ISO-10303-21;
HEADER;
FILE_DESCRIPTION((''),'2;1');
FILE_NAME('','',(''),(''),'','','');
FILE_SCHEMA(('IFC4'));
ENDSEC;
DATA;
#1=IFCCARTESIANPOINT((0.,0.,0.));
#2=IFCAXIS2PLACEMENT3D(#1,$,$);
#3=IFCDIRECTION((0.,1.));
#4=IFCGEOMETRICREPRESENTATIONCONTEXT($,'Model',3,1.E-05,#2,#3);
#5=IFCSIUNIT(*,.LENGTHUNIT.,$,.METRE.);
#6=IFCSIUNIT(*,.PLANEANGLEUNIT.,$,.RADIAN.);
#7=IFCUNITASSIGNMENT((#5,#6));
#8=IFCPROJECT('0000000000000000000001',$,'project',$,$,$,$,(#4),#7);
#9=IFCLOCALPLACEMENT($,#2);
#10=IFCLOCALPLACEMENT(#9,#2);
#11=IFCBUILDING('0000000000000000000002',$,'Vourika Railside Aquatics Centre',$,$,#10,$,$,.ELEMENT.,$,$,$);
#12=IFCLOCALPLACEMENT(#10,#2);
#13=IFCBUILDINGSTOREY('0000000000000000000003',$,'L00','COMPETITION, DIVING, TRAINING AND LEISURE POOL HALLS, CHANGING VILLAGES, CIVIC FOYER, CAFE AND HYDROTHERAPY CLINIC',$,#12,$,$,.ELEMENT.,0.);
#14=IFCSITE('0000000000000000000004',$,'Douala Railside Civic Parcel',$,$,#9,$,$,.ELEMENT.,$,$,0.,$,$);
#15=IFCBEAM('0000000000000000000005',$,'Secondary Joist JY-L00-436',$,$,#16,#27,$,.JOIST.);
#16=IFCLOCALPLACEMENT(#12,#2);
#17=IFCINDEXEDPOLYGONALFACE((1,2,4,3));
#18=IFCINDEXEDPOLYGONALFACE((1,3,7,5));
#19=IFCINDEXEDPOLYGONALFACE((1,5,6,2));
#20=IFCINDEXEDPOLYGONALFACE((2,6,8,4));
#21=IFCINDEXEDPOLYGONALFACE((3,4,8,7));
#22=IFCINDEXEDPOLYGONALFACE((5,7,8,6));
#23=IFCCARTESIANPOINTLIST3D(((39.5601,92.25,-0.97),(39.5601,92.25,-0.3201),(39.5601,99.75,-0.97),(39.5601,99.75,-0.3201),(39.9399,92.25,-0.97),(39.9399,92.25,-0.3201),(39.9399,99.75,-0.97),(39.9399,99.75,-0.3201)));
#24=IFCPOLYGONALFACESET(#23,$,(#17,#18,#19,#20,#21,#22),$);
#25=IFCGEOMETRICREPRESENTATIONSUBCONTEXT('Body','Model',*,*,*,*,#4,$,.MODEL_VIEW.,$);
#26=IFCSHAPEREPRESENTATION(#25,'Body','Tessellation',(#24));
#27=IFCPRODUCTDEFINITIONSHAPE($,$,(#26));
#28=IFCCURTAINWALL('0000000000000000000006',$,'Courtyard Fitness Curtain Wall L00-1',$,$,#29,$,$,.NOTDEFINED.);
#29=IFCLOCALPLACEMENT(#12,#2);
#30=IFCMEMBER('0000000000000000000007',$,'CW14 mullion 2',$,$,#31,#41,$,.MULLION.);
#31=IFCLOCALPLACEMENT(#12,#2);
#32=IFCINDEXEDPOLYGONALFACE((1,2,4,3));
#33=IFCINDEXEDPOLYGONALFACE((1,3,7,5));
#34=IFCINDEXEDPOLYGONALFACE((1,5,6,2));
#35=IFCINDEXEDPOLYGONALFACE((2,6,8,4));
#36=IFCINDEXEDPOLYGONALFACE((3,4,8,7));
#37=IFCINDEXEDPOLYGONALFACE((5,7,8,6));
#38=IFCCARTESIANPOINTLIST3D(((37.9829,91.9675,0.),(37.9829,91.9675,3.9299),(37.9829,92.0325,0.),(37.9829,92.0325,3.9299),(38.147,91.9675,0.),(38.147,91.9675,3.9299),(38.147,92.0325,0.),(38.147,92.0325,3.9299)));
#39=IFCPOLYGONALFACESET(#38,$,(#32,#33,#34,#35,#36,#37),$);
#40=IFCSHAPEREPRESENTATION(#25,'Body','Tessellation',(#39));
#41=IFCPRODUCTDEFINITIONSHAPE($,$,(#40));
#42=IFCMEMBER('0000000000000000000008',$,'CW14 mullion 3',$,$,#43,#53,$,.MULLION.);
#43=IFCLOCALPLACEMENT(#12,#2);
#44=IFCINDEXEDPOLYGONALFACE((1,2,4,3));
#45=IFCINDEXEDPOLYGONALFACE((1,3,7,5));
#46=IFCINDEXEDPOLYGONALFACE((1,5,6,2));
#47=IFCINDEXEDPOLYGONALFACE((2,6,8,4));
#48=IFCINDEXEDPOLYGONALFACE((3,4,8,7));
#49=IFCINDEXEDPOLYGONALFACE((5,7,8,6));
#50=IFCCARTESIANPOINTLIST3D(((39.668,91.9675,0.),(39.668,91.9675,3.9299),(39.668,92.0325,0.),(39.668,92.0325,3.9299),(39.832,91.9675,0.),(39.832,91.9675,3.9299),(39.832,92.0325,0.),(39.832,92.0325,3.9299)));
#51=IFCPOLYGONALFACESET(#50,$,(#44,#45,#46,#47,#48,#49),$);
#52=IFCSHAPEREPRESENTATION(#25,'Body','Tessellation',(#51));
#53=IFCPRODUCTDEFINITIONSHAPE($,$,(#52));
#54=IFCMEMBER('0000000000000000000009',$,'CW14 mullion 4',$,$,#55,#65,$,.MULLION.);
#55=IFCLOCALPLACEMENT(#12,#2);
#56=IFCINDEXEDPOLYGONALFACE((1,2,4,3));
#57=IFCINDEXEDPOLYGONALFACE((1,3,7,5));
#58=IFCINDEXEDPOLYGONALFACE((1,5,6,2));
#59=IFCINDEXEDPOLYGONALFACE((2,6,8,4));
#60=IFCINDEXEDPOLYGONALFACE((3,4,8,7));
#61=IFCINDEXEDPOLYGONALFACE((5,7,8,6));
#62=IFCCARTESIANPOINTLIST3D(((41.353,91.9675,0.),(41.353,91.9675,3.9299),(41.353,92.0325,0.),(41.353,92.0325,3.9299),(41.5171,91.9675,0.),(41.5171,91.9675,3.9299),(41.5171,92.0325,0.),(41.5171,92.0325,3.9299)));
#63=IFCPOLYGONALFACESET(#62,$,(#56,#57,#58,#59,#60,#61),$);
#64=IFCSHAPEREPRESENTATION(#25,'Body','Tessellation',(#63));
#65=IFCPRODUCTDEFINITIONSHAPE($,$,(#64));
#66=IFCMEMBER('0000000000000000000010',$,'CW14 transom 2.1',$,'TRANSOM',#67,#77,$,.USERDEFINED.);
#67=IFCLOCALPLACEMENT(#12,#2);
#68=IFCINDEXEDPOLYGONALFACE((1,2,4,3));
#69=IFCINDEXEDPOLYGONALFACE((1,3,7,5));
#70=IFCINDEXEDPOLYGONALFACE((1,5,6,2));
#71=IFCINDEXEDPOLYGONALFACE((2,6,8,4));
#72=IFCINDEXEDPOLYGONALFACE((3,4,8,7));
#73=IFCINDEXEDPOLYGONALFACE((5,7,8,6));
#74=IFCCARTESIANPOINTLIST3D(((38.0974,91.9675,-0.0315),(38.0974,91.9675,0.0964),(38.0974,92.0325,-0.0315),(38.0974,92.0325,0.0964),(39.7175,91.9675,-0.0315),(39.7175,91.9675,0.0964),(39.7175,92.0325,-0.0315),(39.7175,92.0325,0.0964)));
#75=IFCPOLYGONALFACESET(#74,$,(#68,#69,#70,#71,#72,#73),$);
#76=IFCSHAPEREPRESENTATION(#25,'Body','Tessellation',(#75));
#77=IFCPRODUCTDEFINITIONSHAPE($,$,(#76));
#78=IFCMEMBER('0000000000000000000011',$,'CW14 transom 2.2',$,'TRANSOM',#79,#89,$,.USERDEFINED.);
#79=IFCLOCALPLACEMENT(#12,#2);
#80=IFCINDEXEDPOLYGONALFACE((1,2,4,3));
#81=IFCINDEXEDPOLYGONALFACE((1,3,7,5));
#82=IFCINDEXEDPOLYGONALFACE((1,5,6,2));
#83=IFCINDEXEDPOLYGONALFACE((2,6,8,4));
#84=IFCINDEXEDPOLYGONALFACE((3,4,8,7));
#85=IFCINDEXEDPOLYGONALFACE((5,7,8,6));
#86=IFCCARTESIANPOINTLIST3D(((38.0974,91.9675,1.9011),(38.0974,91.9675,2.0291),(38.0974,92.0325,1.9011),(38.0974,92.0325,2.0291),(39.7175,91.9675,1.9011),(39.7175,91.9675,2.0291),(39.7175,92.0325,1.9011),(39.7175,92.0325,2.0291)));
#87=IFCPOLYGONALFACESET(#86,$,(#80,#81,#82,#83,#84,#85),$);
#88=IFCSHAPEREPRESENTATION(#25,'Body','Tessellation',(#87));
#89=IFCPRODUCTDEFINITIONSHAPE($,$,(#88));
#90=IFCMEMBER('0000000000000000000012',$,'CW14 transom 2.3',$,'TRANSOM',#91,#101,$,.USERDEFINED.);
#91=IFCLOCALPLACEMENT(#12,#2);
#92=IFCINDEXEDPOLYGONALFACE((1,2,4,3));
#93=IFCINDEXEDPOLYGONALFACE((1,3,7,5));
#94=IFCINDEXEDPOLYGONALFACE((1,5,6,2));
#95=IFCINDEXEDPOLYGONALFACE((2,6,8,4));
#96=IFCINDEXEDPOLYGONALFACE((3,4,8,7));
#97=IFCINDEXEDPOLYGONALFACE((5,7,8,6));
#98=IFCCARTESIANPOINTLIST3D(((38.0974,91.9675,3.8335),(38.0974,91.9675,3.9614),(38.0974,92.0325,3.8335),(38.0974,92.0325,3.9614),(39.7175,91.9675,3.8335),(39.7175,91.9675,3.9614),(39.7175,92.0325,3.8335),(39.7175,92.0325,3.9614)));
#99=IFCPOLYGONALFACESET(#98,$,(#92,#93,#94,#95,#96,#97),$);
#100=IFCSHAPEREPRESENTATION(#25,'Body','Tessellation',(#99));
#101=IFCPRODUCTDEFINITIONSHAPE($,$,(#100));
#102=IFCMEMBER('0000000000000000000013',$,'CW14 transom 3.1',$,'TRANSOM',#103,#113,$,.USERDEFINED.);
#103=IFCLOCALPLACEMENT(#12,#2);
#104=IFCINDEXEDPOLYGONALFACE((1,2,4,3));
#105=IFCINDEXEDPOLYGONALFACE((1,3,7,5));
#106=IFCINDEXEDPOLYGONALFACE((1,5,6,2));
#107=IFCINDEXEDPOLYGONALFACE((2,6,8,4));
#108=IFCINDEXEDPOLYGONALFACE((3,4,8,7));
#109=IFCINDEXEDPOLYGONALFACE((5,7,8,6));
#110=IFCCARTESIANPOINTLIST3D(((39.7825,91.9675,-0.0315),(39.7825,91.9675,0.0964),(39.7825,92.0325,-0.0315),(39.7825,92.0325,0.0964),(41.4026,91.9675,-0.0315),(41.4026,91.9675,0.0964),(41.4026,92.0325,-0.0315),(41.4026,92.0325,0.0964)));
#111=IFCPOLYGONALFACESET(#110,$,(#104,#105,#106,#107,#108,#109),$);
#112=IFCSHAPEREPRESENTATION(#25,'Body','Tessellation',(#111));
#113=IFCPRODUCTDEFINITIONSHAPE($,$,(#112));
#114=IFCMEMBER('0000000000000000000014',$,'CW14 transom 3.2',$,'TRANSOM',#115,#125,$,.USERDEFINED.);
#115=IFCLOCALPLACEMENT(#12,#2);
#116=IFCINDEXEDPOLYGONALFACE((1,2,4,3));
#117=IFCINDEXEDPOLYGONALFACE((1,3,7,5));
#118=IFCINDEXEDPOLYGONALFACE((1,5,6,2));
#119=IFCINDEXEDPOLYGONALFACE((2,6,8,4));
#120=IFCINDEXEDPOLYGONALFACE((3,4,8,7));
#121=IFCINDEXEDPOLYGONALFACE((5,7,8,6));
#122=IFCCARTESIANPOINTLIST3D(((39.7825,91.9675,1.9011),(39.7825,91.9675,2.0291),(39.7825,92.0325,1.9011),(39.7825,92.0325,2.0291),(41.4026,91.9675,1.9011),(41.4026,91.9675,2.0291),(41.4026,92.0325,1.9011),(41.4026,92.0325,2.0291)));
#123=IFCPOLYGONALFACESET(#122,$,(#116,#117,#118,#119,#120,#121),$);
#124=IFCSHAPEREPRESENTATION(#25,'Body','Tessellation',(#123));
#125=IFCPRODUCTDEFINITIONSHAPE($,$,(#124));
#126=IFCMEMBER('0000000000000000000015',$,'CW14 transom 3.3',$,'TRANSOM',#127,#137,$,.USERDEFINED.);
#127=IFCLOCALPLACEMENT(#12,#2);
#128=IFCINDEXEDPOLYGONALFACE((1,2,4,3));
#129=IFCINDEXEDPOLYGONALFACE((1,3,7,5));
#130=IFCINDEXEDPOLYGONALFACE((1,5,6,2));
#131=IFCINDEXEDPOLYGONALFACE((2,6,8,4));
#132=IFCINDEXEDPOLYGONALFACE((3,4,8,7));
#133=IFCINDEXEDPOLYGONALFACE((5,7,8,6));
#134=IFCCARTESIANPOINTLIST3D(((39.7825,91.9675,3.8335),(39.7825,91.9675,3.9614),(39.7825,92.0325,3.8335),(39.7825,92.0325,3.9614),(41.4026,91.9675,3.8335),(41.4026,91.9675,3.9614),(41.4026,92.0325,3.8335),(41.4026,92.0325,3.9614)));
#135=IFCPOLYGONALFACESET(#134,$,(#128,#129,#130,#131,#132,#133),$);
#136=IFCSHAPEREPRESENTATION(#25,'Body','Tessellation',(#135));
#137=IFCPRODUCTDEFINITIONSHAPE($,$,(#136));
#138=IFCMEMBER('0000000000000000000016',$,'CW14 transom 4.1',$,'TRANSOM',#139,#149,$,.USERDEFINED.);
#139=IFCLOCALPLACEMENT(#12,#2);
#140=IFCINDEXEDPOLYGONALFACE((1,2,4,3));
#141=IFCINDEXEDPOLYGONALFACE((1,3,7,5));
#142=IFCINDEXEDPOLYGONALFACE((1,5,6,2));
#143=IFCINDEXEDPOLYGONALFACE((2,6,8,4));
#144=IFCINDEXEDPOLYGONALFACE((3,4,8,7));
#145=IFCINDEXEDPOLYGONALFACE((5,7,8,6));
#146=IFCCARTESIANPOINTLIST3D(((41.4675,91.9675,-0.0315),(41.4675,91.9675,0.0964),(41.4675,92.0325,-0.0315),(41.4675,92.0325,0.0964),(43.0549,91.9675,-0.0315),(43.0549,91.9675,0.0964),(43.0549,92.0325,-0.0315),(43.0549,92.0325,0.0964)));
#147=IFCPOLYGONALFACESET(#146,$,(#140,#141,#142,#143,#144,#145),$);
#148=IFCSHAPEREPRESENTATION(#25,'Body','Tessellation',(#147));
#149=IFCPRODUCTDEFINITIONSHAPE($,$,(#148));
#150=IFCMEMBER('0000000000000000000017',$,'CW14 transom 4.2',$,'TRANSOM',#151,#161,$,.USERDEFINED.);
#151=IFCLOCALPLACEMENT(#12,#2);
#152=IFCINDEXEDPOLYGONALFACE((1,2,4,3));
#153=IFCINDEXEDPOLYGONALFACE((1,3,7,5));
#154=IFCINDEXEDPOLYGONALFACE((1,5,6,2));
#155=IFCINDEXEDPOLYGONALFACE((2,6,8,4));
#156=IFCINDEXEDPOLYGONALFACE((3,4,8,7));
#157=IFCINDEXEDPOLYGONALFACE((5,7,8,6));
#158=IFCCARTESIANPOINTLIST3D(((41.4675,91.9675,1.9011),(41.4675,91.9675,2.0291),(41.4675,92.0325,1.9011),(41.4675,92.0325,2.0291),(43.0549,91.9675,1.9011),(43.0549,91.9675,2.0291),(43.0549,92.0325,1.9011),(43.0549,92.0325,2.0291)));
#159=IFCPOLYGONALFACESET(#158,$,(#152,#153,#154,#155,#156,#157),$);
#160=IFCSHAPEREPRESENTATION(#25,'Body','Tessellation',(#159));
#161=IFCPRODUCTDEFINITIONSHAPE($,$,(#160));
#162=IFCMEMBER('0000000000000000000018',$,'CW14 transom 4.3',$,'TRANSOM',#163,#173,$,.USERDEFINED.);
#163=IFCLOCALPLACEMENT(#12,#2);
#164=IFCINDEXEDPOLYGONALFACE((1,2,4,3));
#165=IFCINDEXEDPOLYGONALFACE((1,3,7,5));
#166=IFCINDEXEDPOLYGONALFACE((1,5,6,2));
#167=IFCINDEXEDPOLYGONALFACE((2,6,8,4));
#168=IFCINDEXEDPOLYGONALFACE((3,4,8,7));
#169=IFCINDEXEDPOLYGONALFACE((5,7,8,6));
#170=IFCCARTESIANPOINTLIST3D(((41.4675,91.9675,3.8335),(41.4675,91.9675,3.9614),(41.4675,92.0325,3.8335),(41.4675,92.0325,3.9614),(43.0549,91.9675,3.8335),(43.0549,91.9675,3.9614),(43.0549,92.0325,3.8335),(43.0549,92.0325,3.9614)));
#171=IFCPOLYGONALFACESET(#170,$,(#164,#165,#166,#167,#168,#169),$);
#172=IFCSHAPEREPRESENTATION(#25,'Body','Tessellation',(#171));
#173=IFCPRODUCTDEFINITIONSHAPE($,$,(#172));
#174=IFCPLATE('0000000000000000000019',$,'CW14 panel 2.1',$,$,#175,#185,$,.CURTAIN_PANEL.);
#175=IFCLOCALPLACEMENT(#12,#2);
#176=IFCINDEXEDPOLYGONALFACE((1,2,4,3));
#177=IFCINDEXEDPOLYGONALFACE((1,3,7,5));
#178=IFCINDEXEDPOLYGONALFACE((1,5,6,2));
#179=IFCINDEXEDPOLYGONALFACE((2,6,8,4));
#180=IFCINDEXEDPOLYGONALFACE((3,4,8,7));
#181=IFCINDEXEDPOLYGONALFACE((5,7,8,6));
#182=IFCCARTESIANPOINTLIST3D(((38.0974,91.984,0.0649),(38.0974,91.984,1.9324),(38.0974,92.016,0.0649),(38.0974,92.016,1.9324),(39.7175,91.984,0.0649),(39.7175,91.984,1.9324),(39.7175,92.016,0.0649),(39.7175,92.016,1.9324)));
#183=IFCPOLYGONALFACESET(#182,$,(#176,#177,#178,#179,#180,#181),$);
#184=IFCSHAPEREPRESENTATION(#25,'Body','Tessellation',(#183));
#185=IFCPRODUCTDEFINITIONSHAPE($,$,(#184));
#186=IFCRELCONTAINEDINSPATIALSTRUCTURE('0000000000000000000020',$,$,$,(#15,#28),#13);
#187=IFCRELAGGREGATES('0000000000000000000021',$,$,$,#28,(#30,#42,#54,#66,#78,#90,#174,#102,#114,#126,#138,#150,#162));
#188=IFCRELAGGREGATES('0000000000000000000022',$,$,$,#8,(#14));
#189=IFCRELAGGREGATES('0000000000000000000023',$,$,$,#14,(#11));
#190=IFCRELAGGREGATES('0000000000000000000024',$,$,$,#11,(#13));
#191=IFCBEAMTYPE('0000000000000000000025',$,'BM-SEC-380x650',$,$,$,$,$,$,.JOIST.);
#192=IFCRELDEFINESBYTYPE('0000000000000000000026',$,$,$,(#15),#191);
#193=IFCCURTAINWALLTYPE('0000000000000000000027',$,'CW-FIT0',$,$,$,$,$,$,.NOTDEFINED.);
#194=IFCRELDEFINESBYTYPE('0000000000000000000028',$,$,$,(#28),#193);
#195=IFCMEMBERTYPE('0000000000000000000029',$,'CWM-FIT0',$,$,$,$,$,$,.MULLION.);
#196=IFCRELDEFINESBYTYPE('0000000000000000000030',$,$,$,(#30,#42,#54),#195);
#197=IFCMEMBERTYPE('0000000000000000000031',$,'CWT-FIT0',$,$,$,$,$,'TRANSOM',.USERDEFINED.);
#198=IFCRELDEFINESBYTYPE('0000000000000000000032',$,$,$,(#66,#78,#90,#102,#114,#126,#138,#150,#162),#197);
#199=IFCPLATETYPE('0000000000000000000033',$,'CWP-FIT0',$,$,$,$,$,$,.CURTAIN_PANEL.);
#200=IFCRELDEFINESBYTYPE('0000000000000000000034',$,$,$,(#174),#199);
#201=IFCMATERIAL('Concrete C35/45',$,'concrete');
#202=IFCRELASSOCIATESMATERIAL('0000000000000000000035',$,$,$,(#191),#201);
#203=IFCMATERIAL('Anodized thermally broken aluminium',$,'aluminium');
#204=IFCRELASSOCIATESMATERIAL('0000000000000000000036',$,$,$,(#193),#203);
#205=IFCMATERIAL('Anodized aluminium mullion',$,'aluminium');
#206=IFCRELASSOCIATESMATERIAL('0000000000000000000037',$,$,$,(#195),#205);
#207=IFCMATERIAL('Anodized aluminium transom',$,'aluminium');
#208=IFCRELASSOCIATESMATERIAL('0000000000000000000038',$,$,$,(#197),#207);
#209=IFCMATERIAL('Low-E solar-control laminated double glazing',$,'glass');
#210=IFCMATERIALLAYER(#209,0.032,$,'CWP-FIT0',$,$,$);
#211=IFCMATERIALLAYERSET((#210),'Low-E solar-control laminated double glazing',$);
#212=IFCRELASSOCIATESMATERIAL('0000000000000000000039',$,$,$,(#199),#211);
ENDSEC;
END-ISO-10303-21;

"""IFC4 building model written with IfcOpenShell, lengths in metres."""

from ifc_helpers import new_model, si_unit, direction, frame, origin, origin_2d, place, context, subcontext, project, spatial, rectangle, extrude, material, layer, layer_set, material_profile, profile_set, type_object, element, aggregate, save


model = new_model("IFC4")

# Units and contexts
model_context = context("Model", 3, precision=1e-05, world=origin(), true_north=direction((0.0, 1.0)))
body_context = subcontext(model_context, "Body", "Model", "MODEL_VIEW")
ifc_project = project(units=[si_unit("LENGTHUNIT", "METRE"), si_unit("PLANEANGLEUNIT", "RADIAN")], contexts=[model_context])

# Site, building, storey
site_placement = place(None, origin())
site = spatial("IfcSite", under=ifc_project, at=site_placement, Name="Douala Railside Civic Parcel", CompositionType="ELEMENT", RefElevation=0.0)
building_placement = place(site_placement, origin())
building = spatial("IfcBuilding", under=site, at=building_placement, Name="Vourika Railside Aquatics Centre", CompositionType="ELEMENT")
storey_placement = place(building_placement, origin())
storey = spatial("IfcBuildingStorey", under=building, at=storey_placement, Name="L00", Description="COMPETITION, DIVING, TRAINING AND LEISURE POOL HALLS, CHANGING VILLAGES, CIVIC FOYER, CAFE AND HYDROTHERAPY CLINIC", CompositionType="ELEMENT", Elevation=0.0)

# Beam
ifc_material_1 = material(Name="Concrete C35/45", Category="concrete")
ifc_material_profile_1 = material_profile(ifc_material_1, rectangle(XDim=0.3799, YDim=0.6499, at=origin_2d()), Name="RC 380x650")
ifc_profile_set_1 = profile_set([ifc_material_profile_1], Name="Concrete C35/45")
beam_type = type_object("IfcBeamType", Name="BM-SEC-380x650", PredefinedType="JOIST", material=ifc_profile_set_1)
beam_placement = place(storey_placement, frame((39.75, 92.25, -0.645), z_axis=(0.0, 1.0, 0.0), x_axis=(-1.0, 0.0, 0.0)))
element("IfcBeam", 1, at=beam_placement, inside=storey, type_object=beam_type, Name="Secondary Joist JY-L00-436", PredefinedType="JOIST", context=body_context, shape_type="SweptSolid", body=[
    extrude(rectangle(XDim=0.3799, YDim=0.6499, at=origin_2d()), origin(), (0.0, 0.0, 1.0), 7.5),
])

# Curtain wall, members, plate
ifc_material_2 = material(Name="Anodized thermally broken aluminium", Category="aluminium")
curtain_wall_type = type_object("IfcCurtainWallType", Name="CW-FIT0", PredefinedType="NOTDEFINED", material=ifc_material_2)
curtain_wall_placement = place(storey_placement, origin())
curtain_wall = element("IfcCurtainWall", 2, at=curtain_wall_placement, inside=storey, type_object=curtain_wall_type, Name="Courtyard Fitness Curtain Wall L00-1", PredefinedType="NOTDEFINED")
ifc_material_3 = material(Name="Anodized aluminium mullion", Category="aluminium")
ifc_material_profile_2 = material_profile(ifc_material_3, rectangle(XDim=0.0649, YDim=0.1641, at=origin_2d()), Name="ALU-M 65x164")
ifc_profile_set_2 = profile_set([ifc_material_profile_2], Name="Anodized aluminium mullion")
member_type_1 = type_object("IfcMemberType", Name="CWM-FIT0", PredefinedType="MULLION", material=ifc_profile_set_2)
member_1_placement = place(storey_placement, frame((38.0649, 92.0, 0.0), z_axis=(0.0, 0.0, 1.0), x_axis=(0.0, 1.0, 0.0)))
member_1 = element("IfcMember", 3, at=member_1_placement, type_object=member_type_1, Name="CW14 mullion 2", PredefinedType="MULLION", context=body_context, shape_type="SweptSolid", body=[
    extrude(rectangle(XDim=0.0649, YDim=0.1641, at=origin_2d()), origin(), (0.0, 0.0, 1.0), 3.9299),
])
member_2_placement = place(storey_placement, frame((39.75, 92.0, 0.0), z_axis=(0.0, 0.0, 1.0), x_axis=(0.0, 1.0, 0.0)))
member_2 = element("IfcMember", 4, at=member_2_placement, type_object=member_type_1, Name="CW14 mullion 3", PredefinedType="MULLION", context=body_context, shape_type="SweptSolid", body=[
    extrude(rectangle(XDim=0.0649, YDim=0.1641, at=origin_2d()), origin(), (0.0, 0.0, 1.0), 3.9299),
])
member_3_placement = place(storey_placement, frame((41.4351, 92.0, 0.0), z_axis=(0.0, 0.0, 1.0), x_axis=(0.0, 1.0, 0.0)))
member_3 = element("IfcMember", 5, at=member_3_placement, type_object=member_type_1, Name="CW14 mullion 4", PredefinedType="MULLION", context=body_context, shape_type="SweptSolid", body=[
    extrude(rectangle(XDim=0.0649, YDim=0.1641, at=origin_2d()), origin(), (0.0, 0.0, 1.0), 3.9299),
])
ifc_material_4 = material(Name="Anodized aluminium transom", Category="aluminium")
ifc_material_profile_3 = material_profile(ifc_material_4, rectangle(XDim=0.0649, YDim=0.1279, at=origin_2d()), Name="ALU-T 65x128")
ifc_profile_set_3 = profile_set([ifc_material_profile_3], Name="Anodized aluminium transom")
member_type_2 = type_object("IfcMemberType", Name="CWT-FIT0", ElementType="TRANSOM", PredefinedType="USERDEFINED", material=ifc_profile_set_3)
member_4_placement = place(storey_placement, frame((38.0974, 92.0, 0.0325), z_axis=(1.0, 0.0, 0.0), x_axis=(0.0, 1.0, 0.0)))
member_4 = element("IfcMember", 6, at=member_4_placement, type_object=member_type_2, Name="CW14 transom 2.1", ObjectType="TRANSOM", PredefinedType="USERDEFINED", context=body_context, shape_type="SweptSolid", body=[
    extrude(rectangle(XDim=0.0649, YDim=0.1279, at=origin_2d()), origin(), (0.0, 0.0, 1.0), 1.6201),
])
member_5_placement = place(storey_placement, frame((38.0974, 92.0, 1.9651), z_axis=(1.0, 0.0, 0.0), x_axis=(0.0, 1.0, 0.0)))
member_5 = element("IfcMember", 7, at=member_5_placement, type_object=member_type_2, Name="CW14 transom 2.2", ObjectType="TRANSOM", PredefinedType="USERDEFINED", context=body_context, shape_type="SweptSolid", body=[
    extrude(rectangle(XDim=0.0649, YDim=0.1279, at=origin_2d()), origin(), (0.0, 0.0, 1.0), 1.6201),
])
member_6_placement = place(storey_placement, frame((38.0974, 92.0, 3.8975), z_axis=(1.0, 0.0, 0.0), x_axis=(0.0, 1.0, 0.0)))
member_6 = element("IfcMember", 8, at=member_6_placement, type_object=member_type_2, Name="CW14 transom 2.3", ObjectType="TRANSOM", PredefinedType="USERDEFINED", context=body_context, shape_type="SweptSolid", body=[
    extrude(rectangle(XDim=0.0649, YDim=0.1279, at=origin_2d()), origin(), (0.0, 0.0, 1.0), 1.6201),
])
member_7_placement = place(storey_placement, frame((39.7825, 92.0, 0.0325), z_axis=(1.0, 0.0, 0.0), x_axis=(0.0, 1.0, 0.0)))
member_7 = element("IfcMember", 9, at=member_7_placement, type_object=member_type_2, Name="CW14 transom 3.1", ObjectType="TRANSOM", PredefinedType="USERDEFINED", context=body_context, shape_type="SweptSolid", body=[
    extrude(rectangle(XDim=0.0649, YDim=0.1279, at=origin_2d()), origin(), (0.0, 0.0, 1.0), 1.6201),
])
member_8_placement = place(storey_placement, frame((39.7825, 92.0, 1.9651), z_axis=(1.0, 0.0, 0.0), x_axis=(0.0, 1.0, 0.0)))
member_8 = element("IfcMember", 10, at=member_8_placement, type_object=member_type_2, Name="CW14 transom 3.2", ObjectType="TRANSOM", PredefinedType="USERDEFINED", context=body_context, shape_type="SweptSolid", body=[
    extrude(rectangle(XDim=0.0649, YDim=0.1279, at=origin_2d()), origin(), (0.0, 0.0, 1.0), 1.6201),
])
member_9_placement = place(storey_placement, frame((39.7825, 92.0, 3.8975), z_axis=(1.0, 0.0, 0.0), x_axis=(0.0, 1.0, 0.0)))
member_9 = element("IfcMember", 11, at=member_9_placement, type_object=member_type_2, Name="CW14 transom 3.3", ObjectType="TRANSOM", PredefinedType="USERDEFINED", context=body_context, shape_type="SweptSolid", body=[
    extrude(rectangle(XDim=0.0649, YDim=0.1279, at=origin_2d()), origin(), (0.0, 0.0, 1.0), 1.6201),
])
member_10_placement = place(storey_placement, frame((41.4675, 92.0, 0.0325), z_axis=(1.0, 0.0, 0.0), x_axis=(0.0, 1.0, 0.0)))
member_10 = element("IfcMember", 12, at=member_10_placement, type_object=member_type_2, Name="CW14 transom 4.1", ObjectType="TRANSOM", PredefinedType="USERDEFINED", context=body_context, shape_type="SweptSolid", body=[
    extrude(rectangle(XDim=0.0649, YDim=0.1279, at=origin_2d()), origin(), (0.0, 0.0, 1.0), 1.5874),
])
member_11_placement = place(storey_placement, frame((41.4675, 92.0, 1.9651), z_axis=(1.0, 0.0, 0.0), x_axis=(0.0, 1.0, 0.0)))
member_11 = element("IfcMember", 13, at=member_11_placement, type_object=member_type_2, Name="CW14 transom 4.2", ObjectType="TRANSOM", PredefinedType="USERDEFINED", context=body_context, shape_type="SweptSolid", body=[
    extrude(rectangle(XDim=0.0649, YDim=0.1279, at=origin_2d()), origin(), (0.0, 0.0, 1.0), 1.5874),
])
member_12_placement = place(storey_placement, frame((41.4675, 92.0, 3.8975), z_axis=(1.0, 0.0, 0.0), x_axis=(0.0, 1.0, 0.0)))
member_12 = element("IfcMember", 14, at=member_12_placement, type_object=member_type_2, Name="CW14 transom 4.3", ObjectType="TRANSOM", PredefinedType="USERDEFINED", context=body_context, shape_type="SweptSolid", body=[
    extrude(rectangle(XDim=0.0649, YDim=0.1279, at=origin_2d()), origin(), (0.0, 0.0, 1.0), 1.5874),
])
ifc_material_5 = material(Name="Low-E solar-control laminated double glazing", Category="glass")
ifc_layer_1 = layer(ifc_material_5, 0.032, Name="CWP-FIT0")
ifc_layer_set_1 = layer_set([ifc_layer_1], Name="Low-E solar-control laminated double glazing")
plate_type = type_object("IfcPlateType", Name="CWP-FIT0", PredefinedType="CURTAIN_PANEL", material=ifc_layer_set_1)
plate_1_placement = place(storey_placement, frame((38.9075, 92.0, 0.0649), z_axis=(0.0, 0.0, 1.0), x_axis=(1.0, 0.0, 0.0)))
plate_1 = element("IfcPlate", 15, at=plate_1_placement, type_object=plate_type, Name="CW14 panel 2.1", PredefinedType="CURTAIN_PANEL", context=body_context, shape_type="SweptSolid", body=[
    extrude(rectangle(XDim=1.6201, YDim=0.032, at=origin_2d()), origin(), (0.0, 0.0, 1.0), 1.8674),
])
aggregate(curtain_wall, [member_1, member_2, member_3, member_4, member_5, member_6, plate_1, member_7, member_8, member_9, member_10, member_11, member_12])

save(model, "model.ifc")
